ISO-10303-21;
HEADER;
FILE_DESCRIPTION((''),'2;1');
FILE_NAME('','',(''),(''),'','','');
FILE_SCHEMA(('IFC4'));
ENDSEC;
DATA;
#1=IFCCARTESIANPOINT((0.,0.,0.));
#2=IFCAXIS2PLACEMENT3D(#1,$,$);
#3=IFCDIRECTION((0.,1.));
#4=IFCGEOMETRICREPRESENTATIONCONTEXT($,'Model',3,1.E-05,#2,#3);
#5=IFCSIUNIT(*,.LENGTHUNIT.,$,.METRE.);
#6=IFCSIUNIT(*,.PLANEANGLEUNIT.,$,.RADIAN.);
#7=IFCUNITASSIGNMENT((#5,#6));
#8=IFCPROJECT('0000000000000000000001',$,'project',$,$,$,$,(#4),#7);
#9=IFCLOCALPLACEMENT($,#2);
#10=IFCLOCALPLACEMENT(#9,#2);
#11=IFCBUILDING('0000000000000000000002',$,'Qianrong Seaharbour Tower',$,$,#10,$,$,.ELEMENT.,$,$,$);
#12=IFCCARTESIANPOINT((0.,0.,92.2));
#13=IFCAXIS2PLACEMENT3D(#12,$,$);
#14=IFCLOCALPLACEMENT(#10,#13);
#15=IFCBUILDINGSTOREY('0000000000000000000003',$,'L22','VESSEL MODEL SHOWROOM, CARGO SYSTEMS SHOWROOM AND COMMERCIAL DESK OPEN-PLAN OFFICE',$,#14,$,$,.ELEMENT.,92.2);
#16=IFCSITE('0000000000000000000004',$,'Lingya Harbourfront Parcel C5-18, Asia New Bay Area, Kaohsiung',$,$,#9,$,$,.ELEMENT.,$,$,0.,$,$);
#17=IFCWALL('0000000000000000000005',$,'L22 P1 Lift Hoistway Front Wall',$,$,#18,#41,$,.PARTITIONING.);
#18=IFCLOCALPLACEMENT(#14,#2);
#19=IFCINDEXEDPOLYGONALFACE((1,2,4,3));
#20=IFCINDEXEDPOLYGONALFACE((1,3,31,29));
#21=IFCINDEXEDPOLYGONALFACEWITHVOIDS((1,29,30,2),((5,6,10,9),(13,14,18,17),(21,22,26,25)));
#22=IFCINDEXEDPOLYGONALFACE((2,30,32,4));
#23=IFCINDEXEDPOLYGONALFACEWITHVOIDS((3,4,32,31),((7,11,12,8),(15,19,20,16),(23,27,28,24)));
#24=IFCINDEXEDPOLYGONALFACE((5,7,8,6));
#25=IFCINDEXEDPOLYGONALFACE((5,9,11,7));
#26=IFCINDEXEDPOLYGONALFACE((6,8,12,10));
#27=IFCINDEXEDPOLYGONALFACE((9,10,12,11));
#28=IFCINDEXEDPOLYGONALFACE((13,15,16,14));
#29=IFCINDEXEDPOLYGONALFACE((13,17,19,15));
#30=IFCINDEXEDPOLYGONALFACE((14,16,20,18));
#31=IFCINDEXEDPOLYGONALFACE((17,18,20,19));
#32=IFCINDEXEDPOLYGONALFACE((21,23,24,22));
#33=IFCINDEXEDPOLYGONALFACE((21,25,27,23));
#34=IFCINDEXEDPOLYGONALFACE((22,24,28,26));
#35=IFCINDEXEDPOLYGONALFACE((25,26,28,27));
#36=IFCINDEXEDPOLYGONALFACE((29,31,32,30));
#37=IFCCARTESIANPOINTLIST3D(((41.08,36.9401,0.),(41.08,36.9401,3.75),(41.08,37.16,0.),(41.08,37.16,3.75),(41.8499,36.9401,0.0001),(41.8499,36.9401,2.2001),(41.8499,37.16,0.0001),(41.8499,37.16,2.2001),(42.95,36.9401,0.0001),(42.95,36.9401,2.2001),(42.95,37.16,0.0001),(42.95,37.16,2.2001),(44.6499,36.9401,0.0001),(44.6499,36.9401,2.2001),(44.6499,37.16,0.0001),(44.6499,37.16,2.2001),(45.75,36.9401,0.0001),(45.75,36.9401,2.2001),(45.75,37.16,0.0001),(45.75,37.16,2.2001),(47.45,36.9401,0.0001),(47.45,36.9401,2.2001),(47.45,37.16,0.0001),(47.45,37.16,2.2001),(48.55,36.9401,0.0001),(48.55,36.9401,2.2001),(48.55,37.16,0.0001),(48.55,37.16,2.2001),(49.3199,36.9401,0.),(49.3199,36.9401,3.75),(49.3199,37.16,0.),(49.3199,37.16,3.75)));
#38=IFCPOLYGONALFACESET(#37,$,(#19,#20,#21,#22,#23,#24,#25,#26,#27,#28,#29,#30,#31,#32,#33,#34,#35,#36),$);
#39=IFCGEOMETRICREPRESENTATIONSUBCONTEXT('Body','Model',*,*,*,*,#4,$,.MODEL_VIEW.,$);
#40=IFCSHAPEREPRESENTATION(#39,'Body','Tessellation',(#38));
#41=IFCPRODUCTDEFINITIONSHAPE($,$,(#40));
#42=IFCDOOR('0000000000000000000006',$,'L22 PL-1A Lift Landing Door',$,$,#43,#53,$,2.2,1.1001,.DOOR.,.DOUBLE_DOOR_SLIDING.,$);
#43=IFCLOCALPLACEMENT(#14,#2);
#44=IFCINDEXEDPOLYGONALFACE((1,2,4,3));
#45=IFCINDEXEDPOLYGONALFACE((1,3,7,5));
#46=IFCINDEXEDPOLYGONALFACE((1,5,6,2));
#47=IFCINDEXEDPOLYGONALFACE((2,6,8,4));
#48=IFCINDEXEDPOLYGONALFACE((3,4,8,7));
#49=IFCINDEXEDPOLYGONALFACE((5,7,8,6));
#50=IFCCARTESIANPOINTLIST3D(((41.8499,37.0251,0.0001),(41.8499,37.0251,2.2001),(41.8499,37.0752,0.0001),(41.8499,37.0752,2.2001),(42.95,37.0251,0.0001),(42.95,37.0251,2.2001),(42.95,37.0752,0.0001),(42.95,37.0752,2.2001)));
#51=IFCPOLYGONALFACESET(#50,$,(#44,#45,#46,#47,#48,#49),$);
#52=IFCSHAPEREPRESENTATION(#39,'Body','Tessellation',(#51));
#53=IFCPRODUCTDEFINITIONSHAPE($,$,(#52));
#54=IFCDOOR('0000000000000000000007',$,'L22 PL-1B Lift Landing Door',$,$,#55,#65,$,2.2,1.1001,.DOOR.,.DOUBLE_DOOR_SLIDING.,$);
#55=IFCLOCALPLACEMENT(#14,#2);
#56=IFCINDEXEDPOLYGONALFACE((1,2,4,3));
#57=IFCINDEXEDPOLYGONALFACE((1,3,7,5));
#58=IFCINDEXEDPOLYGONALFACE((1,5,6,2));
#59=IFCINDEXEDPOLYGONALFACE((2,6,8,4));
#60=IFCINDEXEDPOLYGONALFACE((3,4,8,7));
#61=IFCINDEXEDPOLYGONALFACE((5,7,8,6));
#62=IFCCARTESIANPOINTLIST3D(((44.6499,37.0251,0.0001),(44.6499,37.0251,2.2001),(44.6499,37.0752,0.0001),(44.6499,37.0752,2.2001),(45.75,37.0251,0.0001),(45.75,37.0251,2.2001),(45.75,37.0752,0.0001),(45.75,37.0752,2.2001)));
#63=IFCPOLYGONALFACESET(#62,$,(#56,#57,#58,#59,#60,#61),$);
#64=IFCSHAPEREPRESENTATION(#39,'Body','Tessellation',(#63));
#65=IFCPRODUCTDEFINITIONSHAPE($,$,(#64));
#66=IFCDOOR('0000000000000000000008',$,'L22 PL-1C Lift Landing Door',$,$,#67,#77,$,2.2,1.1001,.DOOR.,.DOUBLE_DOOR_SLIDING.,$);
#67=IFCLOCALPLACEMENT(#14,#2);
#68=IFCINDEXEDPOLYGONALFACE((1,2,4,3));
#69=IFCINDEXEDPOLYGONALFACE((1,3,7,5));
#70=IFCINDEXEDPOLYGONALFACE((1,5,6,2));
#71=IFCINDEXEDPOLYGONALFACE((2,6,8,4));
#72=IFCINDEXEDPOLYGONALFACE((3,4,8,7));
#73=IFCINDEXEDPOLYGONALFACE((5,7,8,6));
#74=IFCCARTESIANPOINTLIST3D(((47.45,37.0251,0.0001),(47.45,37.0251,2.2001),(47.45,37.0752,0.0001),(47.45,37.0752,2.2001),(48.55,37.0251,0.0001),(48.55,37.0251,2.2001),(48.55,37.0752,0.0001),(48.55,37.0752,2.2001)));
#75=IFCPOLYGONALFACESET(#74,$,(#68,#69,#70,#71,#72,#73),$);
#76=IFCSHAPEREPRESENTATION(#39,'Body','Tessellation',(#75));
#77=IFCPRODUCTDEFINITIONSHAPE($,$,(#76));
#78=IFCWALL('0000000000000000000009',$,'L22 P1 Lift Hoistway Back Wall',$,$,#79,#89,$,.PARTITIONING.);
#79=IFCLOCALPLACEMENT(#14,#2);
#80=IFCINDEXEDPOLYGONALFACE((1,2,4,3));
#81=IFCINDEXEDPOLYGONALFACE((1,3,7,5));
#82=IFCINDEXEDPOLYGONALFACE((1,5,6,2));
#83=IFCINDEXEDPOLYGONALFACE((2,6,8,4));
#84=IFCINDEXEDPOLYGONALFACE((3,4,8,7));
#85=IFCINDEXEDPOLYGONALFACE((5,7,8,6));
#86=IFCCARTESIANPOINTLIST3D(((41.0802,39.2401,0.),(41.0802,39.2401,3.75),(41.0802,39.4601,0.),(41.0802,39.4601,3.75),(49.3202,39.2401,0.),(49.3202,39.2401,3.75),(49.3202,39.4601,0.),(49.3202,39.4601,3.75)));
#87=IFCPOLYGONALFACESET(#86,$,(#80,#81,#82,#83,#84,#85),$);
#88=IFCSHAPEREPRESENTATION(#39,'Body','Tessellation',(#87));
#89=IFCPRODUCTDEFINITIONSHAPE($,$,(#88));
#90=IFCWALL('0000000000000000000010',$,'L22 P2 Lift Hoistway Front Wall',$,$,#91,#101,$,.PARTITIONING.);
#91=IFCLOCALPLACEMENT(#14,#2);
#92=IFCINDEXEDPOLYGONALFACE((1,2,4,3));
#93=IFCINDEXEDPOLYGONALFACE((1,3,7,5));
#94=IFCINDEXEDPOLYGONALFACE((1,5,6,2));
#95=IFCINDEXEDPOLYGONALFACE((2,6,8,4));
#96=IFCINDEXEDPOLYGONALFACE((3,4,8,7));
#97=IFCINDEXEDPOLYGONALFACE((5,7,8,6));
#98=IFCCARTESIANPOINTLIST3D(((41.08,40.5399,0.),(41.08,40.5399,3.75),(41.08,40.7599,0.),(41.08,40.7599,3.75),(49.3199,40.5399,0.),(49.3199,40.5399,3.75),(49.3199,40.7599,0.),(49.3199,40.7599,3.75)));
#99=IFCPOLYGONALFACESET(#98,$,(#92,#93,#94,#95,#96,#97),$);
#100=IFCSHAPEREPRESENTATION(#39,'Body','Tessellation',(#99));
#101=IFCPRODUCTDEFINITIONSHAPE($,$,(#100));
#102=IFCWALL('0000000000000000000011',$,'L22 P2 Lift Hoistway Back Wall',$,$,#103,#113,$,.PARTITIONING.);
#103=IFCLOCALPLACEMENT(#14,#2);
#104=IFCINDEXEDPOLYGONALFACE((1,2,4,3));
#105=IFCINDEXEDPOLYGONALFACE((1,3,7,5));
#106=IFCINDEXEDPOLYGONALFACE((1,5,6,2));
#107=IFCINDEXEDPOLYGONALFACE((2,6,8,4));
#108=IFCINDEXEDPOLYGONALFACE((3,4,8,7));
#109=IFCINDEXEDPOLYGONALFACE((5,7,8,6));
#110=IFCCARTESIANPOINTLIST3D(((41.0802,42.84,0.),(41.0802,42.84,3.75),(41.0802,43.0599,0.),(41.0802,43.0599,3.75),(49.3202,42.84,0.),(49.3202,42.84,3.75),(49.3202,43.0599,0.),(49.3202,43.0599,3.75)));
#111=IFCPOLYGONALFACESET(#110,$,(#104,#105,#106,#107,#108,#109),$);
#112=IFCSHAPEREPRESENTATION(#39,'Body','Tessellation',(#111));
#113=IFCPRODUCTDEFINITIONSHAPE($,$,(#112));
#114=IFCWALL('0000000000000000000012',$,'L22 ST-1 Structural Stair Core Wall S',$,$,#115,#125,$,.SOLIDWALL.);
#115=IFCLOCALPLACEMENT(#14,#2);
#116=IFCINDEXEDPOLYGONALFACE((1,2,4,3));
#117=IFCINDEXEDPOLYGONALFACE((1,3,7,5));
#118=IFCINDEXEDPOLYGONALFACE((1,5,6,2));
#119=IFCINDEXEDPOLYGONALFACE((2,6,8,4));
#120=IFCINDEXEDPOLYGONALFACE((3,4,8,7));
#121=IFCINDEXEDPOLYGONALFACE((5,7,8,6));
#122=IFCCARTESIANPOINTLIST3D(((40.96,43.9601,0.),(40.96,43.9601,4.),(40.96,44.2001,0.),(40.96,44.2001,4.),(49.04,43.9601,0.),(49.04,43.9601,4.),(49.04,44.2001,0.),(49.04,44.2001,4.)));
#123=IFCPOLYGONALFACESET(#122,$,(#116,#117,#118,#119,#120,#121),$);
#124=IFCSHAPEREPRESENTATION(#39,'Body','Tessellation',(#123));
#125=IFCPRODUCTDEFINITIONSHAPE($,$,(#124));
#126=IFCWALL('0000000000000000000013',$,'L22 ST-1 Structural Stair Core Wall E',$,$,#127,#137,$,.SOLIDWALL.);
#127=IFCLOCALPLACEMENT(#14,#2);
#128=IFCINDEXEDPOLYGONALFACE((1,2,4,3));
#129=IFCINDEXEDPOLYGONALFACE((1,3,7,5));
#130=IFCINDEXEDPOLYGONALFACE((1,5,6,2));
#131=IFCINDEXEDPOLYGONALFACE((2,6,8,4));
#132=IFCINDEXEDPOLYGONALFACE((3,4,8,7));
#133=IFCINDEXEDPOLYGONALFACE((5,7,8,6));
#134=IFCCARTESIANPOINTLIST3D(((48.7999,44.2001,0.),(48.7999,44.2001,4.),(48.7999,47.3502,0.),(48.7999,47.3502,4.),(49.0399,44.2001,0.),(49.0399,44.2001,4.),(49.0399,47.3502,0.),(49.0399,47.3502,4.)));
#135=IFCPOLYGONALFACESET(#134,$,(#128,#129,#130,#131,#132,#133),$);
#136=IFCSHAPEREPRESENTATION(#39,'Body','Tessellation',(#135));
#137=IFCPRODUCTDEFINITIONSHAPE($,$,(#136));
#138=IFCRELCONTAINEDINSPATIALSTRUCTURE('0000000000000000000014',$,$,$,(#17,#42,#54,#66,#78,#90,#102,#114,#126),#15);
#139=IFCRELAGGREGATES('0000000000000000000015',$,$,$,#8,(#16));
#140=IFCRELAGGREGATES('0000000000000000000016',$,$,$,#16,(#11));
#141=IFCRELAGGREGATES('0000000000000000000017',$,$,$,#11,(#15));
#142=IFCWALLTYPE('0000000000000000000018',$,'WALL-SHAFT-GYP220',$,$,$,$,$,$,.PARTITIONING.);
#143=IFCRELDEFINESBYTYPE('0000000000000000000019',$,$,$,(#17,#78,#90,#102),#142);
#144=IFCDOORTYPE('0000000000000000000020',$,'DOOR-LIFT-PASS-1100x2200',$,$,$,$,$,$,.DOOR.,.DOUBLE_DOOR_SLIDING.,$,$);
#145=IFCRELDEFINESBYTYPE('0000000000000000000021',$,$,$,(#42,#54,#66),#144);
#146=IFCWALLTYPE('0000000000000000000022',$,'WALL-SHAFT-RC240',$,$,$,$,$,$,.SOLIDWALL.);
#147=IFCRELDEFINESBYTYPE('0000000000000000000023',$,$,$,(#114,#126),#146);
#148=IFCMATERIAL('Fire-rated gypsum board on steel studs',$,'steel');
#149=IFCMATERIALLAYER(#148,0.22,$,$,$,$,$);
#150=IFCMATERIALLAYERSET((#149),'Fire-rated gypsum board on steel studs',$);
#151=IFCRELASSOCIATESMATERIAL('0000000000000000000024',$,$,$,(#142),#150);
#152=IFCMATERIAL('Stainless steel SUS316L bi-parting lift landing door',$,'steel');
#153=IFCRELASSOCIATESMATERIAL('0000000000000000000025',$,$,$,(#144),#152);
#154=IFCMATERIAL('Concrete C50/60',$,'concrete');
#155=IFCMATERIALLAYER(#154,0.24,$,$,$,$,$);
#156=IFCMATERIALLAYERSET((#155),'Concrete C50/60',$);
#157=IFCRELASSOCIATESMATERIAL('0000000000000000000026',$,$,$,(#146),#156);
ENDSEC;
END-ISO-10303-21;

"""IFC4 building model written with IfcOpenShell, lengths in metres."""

from ifc_helpers import new_model, si_unit, direction, frame, frame_2d, origin, place, context, subcontext, project, spatial, rectangle, extrude, material, layer, layer_set, type_object, element, fill, save


model = new_model("IFC4")

# Units and contexts
model_context = context("Model", 3, precision=1e-05, world=origin(), true_north=direction((0.0, 1.0)))
body_context = subcontext(model_context, "Body", "Model", "MODEL_VIEW")
ifc_project = project(units=[si_unit("LENGTHUNIT", "METRE"), si_unit("PLANEANGLEUNIT", "RADIAN")], contexts=[model_context])

# Site, building, storey
site_placement = place(None, origin())
site = spatial("IfcSite", under=ifc_project, at=site_placement, Name="Lingya Harbourfront Parcel C5-18, Asia New Bay Area, Kaohsiung", CompositionType="ELEMENT", RefElevation=0.0)
building_placement = place(site_placement, origin())
building = spatial("IfcBuilding", under=site, at=building_placement, Name="Qianrong Seaharbour Tower", CompositionType="ELEMENT")
storey_placement = place(building_placement, frame((0.0, 0.0, 92.2)))
storey = spatial("IfcBuildingStorey", under=building, at=storey_placement, Name="L22", Description="VESSEL MODEL SHOWROOM, CARGO SYSTEMS SHOWROOM AND COMMERCIAL DESK OPEN-PLAN OFFICE", CompositionType="ELEMENT", Elevation=92.2)

# Shared definitions
ifc_material_1 = material(Name="Fire-rated gypsum board on steel studs", Category="steel")

# Wall, openings, doors
ifc_layer_1 = layer(ifc_material_1, 0.22)
ifc_layer_set_1 = layer_set([ifc_layer_1], Name="Fire-rated gypsum board on steel studs")
wall_type_1 = type_object("IfcWallType", Name="WALL-SHAFT-GYP220", PredefinedType="PARTITIONING", material=ifc_layer_set_1)
wall_1_placement = place(storey_placement, frame((49.3201, 37.05, 0.0), z_axis=(0.0, 0.0, 1.0), x_axis=(-1.0, 0.0, 0.0)))
wall_1 = element("IfcWall", 1, at=wall_1_placement, inside=storey, type_object=wall_type_1, Name="L22 P1 Lift Hoistway Front Wall", PredefinedType="PARTITIONING", context=body_context, shape_type="SweptSolid", body=[
    extrude(rectangle(XDim=8.24, YDim=0.22, at=frame_2d((4.1201, 0.0))), origin(), (0.0, 0.0, 1.0), 3.75),
])
opening_1_placement = place(wall_1_placement, frame((6.3701, 0.0, 0.0)))
opening_1 = element("IfcOpeningElement", 2, at=opening_1_placement, cuts=wall_1, PredefinedType="OPENING", context=body_context, shape_type="SweptSolid", body=[
    extrude(rectangle(XDim=1.1001, YDim=2.2, at=frame_2d((0.55, 1.1001))), frame((0.0, 0.1201, 0.0), z_axis=(0.0, -1.0, 0.0), x_axis=(1.0, 0.0, 0.0)), (0.0, 0.0, 1.0), 0.24),
])
opening_2_placement = place(wall_1_placement, frame((3.5701, 0.0, 0.0)))
opening_2 = element("IfcOpeningElement", 3, at=opening_2_placement, cuts=wall_1, PredefinedType="OPENING", context=body_context, shape_type="SweptSolid", body=[
    extrude(rectangle(XDim=1.1001, YDim=2.2, at=frame_2d((0.55, 1.1001))), frame((0.0, 0.1201, 0.0), z_axis=(0.0, -1.0, 0.0), x_axis=(1.0, 0.0, 0.0)), (0.0, 0.0, 1.0), 0.24),
])
opening_3_placement = place(wall_1_placement, frame((0.77, 0.0, 0.0)))
opening_3 = element("IfcOpeningElement", 4, at=opening_3_placement, cuts=wall_1, PredefinedType="OPENING", context=body_context, shape_type="SweptSolid", body=[
    extrude(rectangle(XDim=1.1001, YDim=2.2, at=frame_2d((0.55, 1.1001))), frame((0.0, 0.1201, 0.0), z_axis=(0.0, -1.0, 0.0), x_axis=(1.0, 0.0, 0.0)), (0.0, 0.0, 1.0), 0.24),
])
ifc_material_2 = material(Name="Stainless steel SUS316L bi-parting lift landing door", Category="steel")
door_type = type_object("IfcDoorType", Name="DOOR-LIFT-PASS-1100x2200", OperationType="DOUBLE_DOOR_SLIDING", PredefinedType="DOOR", material=ifc_material_2)
door_1_placement = place(opening_1_placement, origin())
door_1 = element("IfcDoor", 5, at=door_1_placement, inside=storey, type_object=door_type, Name="L22 PL-1A Lift Landing Door", OperationType="DOUBLE_DOOR_SLIDING", OverallHeight=2.2, OverallWidth=1.1001, PredefinedType="DOOR", context=body_context, shape_type="SweptSolid", body=[
    extrude(rectangle(XDim=1.1001, YDim=2.2, at=frame_2d((0.55, 1.1001))), frame((0.0, 0.0249, 0.0), z_axis=(0.0, -1.0, 0.0), x_axis=(1.0, 0.0, 0.0)), (0.0, 0.0, 1.0), 0.05),
])
fill(opening_1, door_1)
door_2_placement = place(opening_2_placement, origin())
door_2 = element("IfcDoor", 6, at=door_2_placement, inside=storey, type_object=door_type, Name="L22 PL-1B Lift Landing Door", OperationType="DOUBLE_DOOR_SLIDING", OverallHeight=2.2, OverallWidth=1.1001, PredefinedType="DOOR", context=body_context, shape_type="SweptSolid", body=[
    extrude(rectangle(XDim=1.1001, YDim=2.2, at=frame_2d((0.55, 1.1001))), frame((0.0, 0.0249, 0.0), z_axis=(0.0, -1.0, 0.0), x_axis=(1.0, 0.0, 0.0)), (0.0, 0.0, 1.0), 0.05),
])
fill(opening_2, door_2)
door_3_placement = place(opening_3_placement, origin())
door_3 = element("IfcDoor", 7, at=door_3_placement, inside=storey, type_object=door_type, Name="L22 PL-1C Lift Landing Door", OperationType="DOUBLE_DOOR_SLIDING", OverallHeight=2.2, OverallWidth=1.1001, PredefinedType="DOOR", context=body_context, shape_type="SweptSolid", body=[
    extrude(rectangle(XDim=1.1001, YDim=2.2, at=frame_2d((0.55, 1.1001))), frame((0.0, 0.0249, 0.0), z_axis=(0.0, -1.0, 0.0), x_axis=(1.0, 0.0, 0.0)), (0.0, 0.0, 1.0), 0.05),
])
fill(opening_3, door_3)

# Walls
for number, where, z_axis, x_axis, name in (
    (8, (41.0801, 39.3501, 0.0), (0.0, 0.0, 1.0), (1.0, 0.0, 0.0), "L22 P1 Lift Hoistway Back Wall"),
    (9, (49.3201, 40.6499, 0.0), (0.0, 0.0, 1.0), (-1.0, 0.0, 0.0), "L22 P2 Lift Hoistway Front Wall"),
    (10, (41.0801, 42.95, 0.0), (0.0, 0.0, 1.0), (1.0, 0.0, 0.0), "L22 P2 Lift Hoistway Back Wall"),
):
    element("IfcWall", number, at=place(storey_placement, frame(where, z_axis=z_axis, x_axis=x_axis)), inside=storey, type_object=wall_type_1, Name=name, PredefinedType="PARTITIONING", context=body_context, shape_type="SweptSolid", body=[
        extrude(rectangle(XDim=8.24, YDim=0.22, at=frame_2d((4.1201, 0.0))), origin(), (0.0, 0.0, 1.0), 3.75),
    ])
ifc_material_3 = material(Name="Concrete C50/60", Category="concrete")
ifc_layer_2 = layer(ifc_material_3, 0.24)
ifc_layer_set_2 = layer_set([ifc_layer_2], Name="Concrete C50/60")
wall_type_2 = type_object("IfcWallType", Name="WALL-SHAFT-RC240", PredefinedType="SOLIDWALL", material=ifc_layer_set_2)
wall_2_placement = place(storey_placement, frame((49.04, 44.0801, 0.0), z_axis=(0.0, 0.0, 1.0), x_axis=(-1.0, 0.0, 0.0)))
element("IfcWall", 11, at=wall_2_placement, inside=storey, type_object=wall_type_2, Name="L22 ST-1 Structural Stair Core Wall S", PredefinedType="SOLIDWALL", context=body_context, shape_type="SweptSolid", body=[
    extrude(rectangle(XDim=8.0801, YDim=0.24, at=frame_2d((4.04, 0.0))), origin(), (0.0, 0.0, 1.0), 4.0),
])
wall_3_placement = place(storey_placement, frame((48.9199, 44.2, 0.0), z_axis=(0.0, 0.0, 1.0), x_axis=(0.0, 1.0, 0.0)))
element("IfcWall", 12, at=wall_3_placement, inside=storey, type_object=wall_type_2, Name="L22 ST-1 Structural Stair Core Wall E", PredefinedType="SOLIDWALL", context=body_context, shape_type="SweptSolid", body=[
    extrude(rectangle(XDim=3.1501, YDim=0.24, at=frame_2d((1.5752, 0.0))), origin(), (0.0, 0.0, 1.0), 4.0),
])

save(model, "model.ifc")
